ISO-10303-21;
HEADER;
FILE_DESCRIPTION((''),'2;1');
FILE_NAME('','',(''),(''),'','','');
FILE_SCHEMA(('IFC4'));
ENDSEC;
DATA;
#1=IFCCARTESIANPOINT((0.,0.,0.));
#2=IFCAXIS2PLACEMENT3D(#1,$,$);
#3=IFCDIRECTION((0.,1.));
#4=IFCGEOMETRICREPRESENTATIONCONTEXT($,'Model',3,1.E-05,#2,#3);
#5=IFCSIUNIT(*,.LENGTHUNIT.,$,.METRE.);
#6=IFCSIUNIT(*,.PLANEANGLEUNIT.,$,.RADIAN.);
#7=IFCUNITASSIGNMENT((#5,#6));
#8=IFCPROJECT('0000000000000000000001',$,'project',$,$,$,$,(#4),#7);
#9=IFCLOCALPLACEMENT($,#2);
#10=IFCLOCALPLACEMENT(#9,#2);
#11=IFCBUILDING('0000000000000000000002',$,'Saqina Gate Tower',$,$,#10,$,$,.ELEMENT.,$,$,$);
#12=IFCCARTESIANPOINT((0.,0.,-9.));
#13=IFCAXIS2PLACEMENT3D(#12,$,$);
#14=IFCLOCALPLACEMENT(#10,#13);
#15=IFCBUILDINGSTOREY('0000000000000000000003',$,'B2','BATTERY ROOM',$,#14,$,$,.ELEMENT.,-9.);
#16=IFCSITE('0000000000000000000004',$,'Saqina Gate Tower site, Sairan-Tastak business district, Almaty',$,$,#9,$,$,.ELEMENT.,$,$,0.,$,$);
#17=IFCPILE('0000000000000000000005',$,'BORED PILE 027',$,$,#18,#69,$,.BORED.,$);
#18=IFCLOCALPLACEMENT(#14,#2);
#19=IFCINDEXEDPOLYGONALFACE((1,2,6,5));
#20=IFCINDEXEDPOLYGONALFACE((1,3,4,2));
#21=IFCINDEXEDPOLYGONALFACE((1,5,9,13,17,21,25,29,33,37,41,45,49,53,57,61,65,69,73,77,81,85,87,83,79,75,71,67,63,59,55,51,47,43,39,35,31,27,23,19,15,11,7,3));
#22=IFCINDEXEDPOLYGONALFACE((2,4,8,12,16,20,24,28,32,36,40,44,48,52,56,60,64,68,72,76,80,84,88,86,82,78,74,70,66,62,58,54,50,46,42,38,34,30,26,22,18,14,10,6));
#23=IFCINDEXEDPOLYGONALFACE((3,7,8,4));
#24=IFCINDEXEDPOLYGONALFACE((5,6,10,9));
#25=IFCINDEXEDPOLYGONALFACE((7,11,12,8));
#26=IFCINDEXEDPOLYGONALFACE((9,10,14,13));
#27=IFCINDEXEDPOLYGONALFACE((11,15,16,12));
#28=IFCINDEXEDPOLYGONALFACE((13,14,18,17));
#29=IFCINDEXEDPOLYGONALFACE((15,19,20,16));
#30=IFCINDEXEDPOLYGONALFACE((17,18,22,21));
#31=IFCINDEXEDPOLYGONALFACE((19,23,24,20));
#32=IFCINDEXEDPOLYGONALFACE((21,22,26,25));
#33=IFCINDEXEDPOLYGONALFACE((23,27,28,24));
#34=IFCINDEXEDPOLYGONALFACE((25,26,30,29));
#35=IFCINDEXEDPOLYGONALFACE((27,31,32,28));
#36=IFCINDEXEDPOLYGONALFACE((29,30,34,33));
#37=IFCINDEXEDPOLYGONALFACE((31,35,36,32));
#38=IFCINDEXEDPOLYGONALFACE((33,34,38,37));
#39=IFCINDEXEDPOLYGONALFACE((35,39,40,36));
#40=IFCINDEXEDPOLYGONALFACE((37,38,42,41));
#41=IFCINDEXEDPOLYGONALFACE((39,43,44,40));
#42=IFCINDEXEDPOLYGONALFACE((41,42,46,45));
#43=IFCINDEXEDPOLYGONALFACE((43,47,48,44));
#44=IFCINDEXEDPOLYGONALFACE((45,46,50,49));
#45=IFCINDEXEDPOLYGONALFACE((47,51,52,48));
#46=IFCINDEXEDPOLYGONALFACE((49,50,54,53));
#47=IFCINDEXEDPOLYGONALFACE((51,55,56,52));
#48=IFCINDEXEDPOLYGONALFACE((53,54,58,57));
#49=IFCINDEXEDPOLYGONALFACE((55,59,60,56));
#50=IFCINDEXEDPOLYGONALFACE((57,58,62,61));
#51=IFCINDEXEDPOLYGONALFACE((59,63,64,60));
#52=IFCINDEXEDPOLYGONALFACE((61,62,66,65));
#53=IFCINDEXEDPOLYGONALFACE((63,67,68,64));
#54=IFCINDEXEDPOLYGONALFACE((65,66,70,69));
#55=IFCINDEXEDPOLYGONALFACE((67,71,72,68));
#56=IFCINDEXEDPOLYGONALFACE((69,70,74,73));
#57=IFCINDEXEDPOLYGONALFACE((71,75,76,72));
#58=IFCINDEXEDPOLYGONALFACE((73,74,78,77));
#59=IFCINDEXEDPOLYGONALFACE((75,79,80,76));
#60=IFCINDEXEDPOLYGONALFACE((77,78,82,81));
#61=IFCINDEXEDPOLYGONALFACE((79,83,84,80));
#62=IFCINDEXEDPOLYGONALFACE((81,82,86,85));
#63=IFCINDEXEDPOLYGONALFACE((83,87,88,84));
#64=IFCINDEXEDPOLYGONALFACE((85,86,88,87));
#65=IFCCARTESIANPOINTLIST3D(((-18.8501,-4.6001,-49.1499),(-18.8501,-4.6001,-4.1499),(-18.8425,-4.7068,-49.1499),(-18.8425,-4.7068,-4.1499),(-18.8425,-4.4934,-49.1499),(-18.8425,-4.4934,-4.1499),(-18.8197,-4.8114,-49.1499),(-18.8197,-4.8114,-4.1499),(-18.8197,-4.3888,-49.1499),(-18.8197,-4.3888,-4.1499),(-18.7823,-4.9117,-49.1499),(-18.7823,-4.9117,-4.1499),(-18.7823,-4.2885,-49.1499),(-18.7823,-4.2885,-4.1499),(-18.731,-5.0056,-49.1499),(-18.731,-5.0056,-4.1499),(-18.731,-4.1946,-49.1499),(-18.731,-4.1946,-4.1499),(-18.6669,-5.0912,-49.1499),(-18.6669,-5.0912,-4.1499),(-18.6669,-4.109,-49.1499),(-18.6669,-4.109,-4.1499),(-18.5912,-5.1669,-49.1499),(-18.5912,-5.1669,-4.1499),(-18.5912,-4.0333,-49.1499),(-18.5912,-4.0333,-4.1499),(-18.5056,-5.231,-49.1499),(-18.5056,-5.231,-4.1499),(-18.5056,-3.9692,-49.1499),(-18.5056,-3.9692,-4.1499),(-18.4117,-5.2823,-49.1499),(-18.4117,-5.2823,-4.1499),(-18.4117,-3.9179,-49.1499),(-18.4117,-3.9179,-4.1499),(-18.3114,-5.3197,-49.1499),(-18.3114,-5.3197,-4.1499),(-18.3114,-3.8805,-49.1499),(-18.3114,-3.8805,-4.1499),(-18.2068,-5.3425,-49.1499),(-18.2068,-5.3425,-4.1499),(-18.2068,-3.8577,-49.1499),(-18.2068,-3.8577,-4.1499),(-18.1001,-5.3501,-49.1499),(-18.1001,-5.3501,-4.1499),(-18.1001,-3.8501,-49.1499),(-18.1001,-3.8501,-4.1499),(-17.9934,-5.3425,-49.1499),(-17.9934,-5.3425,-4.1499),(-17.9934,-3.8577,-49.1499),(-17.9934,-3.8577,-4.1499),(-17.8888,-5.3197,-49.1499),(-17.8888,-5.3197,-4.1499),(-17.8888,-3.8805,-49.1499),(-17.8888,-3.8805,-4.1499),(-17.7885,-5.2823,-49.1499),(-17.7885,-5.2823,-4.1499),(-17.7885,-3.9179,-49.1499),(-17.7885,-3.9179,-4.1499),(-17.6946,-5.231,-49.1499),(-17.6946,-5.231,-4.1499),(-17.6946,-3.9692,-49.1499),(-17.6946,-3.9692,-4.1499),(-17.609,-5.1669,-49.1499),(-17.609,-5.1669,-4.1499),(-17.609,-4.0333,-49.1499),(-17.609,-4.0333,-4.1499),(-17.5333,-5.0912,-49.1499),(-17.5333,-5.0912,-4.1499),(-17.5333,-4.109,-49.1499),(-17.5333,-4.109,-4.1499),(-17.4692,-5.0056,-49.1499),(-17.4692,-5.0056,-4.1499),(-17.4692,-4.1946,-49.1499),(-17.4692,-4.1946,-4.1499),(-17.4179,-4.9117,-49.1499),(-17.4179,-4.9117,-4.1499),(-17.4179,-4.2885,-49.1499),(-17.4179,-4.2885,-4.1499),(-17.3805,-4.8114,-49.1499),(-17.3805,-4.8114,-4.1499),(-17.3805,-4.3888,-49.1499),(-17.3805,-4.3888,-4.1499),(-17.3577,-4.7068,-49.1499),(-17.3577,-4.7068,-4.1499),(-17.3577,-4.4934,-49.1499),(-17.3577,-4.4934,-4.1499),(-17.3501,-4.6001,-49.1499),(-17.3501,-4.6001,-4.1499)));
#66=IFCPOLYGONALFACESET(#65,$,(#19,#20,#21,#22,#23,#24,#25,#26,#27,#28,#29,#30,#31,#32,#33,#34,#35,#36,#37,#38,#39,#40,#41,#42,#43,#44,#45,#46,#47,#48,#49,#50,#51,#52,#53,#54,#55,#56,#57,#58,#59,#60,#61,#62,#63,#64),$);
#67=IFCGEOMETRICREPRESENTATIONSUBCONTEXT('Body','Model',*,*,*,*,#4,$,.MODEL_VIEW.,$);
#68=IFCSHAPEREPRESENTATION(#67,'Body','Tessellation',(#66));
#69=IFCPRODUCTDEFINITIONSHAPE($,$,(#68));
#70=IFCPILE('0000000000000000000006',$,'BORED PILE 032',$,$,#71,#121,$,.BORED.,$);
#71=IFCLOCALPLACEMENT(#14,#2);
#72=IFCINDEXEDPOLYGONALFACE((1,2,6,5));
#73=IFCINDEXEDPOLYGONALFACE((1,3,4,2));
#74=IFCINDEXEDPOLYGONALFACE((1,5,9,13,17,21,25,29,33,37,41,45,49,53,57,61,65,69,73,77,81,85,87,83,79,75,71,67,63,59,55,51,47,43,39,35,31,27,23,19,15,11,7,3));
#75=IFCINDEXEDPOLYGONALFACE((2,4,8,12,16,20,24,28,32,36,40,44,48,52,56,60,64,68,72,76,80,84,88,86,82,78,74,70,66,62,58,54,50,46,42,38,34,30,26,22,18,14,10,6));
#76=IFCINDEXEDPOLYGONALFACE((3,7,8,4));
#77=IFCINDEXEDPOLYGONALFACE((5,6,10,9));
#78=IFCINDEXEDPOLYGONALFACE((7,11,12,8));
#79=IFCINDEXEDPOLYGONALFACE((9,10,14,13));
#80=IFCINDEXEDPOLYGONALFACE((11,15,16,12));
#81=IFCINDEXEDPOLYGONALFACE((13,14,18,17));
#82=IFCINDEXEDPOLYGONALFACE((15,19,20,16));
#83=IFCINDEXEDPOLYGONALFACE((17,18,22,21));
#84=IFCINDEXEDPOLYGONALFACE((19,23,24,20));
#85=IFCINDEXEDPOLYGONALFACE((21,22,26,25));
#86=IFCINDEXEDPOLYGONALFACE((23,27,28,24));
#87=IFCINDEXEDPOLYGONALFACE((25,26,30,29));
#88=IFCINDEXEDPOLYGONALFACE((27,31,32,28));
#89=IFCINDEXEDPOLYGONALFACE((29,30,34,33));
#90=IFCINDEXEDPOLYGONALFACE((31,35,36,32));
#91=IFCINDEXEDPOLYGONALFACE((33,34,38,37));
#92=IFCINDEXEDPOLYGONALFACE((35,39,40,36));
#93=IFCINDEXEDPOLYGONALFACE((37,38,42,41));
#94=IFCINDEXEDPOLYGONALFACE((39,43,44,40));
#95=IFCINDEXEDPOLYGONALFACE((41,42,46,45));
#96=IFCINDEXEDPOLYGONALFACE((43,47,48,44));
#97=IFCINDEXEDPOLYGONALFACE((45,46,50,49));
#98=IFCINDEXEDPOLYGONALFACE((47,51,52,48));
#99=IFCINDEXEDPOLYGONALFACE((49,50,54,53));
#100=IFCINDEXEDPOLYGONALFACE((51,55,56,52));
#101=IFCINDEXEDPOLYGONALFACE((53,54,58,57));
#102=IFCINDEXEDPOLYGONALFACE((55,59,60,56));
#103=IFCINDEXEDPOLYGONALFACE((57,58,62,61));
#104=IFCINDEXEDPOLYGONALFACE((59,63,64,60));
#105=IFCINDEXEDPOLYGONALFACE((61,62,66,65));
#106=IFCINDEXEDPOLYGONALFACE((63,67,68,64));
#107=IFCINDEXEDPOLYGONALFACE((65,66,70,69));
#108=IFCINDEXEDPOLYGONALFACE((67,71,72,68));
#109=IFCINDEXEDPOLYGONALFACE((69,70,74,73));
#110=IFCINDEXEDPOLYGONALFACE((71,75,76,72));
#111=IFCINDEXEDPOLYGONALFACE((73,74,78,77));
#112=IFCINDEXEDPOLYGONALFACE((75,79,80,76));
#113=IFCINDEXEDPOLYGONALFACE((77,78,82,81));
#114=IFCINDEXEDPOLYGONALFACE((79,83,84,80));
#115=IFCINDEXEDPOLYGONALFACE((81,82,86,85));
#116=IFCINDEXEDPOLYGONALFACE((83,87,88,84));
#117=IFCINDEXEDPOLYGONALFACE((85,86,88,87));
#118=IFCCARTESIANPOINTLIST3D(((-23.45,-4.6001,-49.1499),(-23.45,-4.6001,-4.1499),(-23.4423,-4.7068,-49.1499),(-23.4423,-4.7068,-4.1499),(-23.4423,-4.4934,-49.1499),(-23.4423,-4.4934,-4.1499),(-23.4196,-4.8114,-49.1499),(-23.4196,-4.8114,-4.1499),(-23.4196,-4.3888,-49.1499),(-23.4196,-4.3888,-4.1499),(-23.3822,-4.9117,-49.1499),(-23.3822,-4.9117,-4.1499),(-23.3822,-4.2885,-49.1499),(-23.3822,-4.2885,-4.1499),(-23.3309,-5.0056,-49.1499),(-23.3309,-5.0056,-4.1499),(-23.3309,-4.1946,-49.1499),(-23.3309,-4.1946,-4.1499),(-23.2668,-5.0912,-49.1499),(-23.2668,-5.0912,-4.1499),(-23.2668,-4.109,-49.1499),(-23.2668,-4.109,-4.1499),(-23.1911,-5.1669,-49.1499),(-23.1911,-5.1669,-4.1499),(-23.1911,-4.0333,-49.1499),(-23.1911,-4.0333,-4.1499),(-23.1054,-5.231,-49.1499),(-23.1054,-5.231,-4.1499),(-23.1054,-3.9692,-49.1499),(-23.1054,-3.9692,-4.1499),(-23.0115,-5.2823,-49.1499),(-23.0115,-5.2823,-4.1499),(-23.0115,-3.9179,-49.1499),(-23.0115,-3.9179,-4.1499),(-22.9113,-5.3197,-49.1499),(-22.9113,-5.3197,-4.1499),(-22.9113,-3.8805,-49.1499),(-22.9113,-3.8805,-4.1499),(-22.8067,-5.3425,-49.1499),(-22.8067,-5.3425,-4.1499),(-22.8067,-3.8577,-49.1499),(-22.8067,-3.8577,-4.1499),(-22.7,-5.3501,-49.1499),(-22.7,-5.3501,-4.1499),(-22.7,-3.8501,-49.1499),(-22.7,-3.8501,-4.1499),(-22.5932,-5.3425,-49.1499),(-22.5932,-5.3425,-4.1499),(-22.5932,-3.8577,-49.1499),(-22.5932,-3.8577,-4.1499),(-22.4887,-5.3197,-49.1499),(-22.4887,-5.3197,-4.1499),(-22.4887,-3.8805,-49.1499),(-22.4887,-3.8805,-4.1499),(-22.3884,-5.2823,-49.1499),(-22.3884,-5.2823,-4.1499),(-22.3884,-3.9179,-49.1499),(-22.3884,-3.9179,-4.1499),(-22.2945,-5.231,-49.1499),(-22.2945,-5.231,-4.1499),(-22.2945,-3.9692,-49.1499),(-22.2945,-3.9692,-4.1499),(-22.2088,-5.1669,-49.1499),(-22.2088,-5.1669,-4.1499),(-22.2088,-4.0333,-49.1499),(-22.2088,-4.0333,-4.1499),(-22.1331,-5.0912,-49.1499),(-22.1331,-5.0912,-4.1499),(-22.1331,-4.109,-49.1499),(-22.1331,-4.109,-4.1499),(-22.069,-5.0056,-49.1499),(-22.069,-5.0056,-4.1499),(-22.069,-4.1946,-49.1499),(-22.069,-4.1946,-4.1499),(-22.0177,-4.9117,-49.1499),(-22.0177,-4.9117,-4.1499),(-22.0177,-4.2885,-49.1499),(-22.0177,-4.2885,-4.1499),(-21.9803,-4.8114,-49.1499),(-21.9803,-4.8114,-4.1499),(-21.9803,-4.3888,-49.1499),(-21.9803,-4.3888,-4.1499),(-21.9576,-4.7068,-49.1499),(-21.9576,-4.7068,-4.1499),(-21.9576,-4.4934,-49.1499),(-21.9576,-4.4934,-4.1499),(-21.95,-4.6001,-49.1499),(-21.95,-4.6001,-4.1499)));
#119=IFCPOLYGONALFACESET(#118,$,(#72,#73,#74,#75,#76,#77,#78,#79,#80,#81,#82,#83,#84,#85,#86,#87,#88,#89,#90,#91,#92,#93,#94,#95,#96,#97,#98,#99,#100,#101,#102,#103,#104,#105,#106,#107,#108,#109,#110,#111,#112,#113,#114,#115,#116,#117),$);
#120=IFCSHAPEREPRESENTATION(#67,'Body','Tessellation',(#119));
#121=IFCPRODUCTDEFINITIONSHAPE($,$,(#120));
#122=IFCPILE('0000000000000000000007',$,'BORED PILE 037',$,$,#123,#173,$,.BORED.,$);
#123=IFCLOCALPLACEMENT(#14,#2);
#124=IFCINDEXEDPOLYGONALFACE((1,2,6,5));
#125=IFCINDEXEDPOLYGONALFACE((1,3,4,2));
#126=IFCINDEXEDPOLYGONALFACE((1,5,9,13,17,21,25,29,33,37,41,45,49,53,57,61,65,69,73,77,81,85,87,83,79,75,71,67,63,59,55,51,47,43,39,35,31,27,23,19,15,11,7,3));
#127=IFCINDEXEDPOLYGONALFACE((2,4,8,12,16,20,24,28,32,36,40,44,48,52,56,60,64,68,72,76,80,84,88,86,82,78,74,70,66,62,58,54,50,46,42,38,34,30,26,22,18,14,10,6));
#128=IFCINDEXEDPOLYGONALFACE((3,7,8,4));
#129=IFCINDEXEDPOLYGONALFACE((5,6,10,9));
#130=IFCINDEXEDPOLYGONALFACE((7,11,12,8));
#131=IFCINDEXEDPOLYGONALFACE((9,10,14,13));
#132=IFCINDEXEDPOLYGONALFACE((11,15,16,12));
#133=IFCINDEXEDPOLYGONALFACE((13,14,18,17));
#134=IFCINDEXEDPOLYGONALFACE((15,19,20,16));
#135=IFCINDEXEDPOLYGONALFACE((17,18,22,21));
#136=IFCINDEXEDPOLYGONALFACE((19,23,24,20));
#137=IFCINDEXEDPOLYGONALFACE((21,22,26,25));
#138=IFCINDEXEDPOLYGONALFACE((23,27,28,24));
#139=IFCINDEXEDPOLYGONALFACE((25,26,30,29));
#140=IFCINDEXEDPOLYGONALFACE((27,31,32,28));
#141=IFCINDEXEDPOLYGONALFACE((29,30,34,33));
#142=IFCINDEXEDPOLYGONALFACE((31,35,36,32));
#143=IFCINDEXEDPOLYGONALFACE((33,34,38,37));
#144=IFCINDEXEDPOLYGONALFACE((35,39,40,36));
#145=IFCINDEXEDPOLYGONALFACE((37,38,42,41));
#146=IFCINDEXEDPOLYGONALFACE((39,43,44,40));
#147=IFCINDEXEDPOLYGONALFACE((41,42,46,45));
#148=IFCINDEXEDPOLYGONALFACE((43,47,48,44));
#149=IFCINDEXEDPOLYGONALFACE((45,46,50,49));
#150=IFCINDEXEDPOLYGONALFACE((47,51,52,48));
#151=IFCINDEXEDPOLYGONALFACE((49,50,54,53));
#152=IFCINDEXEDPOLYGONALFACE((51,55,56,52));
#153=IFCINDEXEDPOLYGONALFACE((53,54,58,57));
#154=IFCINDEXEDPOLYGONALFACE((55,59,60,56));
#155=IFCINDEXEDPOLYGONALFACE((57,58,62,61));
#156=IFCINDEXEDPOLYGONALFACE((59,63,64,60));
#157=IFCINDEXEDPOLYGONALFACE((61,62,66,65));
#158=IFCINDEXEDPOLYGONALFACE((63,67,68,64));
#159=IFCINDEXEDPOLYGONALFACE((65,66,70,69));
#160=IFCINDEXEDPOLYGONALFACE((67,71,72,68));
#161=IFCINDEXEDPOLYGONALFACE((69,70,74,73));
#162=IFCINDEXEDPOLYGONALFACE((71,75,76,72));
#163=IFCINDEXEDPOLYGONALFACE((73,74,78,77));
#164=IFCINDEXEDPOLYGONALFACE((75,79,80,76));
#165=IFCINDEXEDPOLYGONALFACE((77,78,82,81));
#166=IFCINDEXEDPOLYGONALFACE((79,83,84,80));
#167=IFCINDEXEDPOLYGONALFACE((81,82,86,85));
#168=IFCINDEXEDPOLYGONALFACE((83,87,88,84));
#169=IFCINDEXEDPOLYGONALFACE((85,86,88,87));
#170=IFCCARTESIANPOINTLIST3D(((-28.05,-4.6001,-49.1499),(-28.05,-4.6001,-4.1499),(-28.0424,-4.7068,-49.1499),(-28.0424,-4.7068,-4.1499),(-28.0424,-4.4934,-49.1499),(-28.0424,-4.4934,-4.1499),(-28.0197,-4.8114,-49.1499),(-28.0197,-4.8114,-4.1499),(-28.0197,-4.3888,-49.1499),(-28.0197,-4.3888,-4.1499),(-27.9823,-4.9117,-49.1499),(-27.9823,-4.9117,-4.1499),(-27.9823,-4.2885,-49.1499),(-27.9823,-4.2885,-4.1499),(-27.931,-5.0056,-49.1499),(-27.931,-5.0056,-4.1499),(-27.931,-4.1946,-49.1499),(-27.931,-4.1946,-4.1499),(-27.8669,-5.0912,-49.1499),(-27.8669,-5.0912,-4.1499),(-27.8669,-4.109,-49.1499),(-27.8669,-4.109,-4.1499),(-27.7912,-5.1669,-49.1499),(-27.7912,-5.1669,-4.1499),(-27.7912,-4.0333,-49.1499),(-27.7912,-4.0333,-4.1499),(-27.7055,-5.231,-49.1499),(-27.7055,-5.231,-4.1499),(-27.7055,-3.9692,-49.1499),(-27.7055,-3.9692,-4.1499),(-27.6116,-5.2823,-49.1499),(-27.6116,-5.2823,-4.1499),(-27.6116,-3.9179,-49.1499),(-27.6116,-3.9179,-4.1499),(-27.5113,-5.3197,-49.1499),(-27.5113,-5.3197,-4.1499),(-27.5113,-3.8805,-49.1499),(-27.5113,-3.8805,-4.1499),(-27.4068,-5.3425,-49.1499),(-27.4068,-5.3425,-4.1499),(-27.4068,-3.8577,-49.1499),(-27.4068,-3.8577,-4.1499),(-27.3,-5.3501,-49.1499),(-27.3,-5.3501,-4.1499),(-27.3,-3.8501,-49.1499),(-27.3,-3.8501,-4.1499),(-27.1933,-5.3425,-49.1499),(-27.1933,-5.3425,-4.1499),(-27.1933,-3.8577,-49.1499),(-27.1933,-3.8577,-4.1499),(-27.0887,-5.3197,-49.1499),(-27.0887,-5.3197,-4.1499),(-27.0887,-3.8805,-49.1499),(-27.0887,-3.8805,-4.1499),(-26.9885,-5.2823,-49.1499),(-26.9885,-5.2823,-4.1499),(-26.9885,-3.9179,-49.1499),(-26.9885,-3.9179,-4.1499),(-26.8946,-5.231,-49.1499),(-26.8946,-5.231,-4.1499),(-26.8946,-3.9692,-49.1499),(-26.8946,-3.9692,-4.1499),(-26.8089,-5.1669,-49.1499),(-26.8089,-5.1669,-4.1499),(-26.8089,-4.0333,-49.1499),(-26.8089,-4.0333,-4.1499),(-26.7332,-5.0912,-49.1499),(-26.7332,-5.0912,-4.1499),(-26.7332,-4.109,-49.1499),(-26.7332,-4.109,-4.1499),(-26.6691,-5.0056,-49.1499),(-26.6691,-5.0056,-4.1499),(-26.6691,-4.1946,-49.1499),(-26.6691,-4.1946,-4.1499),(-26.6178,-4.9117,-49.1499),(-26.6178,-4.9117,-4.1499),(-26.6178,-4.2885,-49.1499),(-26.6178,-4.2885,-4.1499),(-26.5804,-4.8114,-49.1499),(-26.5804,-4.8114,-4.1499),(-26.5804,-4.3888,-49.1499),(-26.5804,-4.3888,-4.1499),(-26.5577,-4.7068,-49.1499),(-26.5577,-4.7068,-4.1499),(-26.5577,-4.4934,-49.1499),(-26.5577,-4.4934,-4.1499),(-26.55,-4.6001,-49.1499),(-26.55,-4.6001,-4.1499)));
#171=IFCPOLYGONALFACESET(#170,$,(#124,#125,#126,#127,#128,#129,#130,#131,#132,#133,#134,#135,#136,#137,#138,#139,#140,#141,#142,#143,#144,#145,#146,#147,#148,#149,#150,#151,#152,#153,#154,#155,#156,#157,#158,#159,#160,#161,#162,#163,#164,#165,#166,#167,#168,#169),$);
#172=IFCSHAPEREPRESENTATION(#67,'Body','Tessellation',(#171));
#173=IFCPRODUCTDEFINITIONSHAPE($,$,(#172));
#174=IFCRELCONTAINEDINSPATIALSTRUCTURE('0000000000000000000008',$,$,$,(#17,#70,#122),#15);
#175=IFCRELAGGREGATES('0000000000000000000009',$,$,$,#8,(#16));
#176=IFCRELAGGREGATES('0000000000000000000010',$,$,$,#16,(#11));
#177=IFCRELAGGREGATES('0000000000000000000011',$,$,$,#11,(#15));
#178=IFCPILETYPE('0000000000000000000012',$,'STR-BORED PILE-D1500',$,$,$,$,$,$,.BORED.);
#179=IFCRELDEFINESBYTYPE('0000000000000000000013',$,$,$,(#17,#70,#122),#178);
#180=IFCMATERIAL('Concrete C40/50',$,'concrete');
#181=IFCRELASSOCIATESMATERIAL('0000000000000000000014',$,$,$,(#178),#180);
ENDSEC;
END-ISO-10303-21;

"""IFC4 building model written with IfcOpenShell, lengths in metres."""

from ifc_helpers import new_model, si_unit, direction, frame, origin, origin_2d, place, context, subcontext, project, spatial, circle, extrude, material, material_profile, profile_set, type_object, element, save


model = new_model("IFC4")

# Units and contexts
model_context = context("Model", 3, precision=1e-05, world=origin(), true_north=direction((0.0, 1.0)))
body_context = subcontext(model_context, "Body", "Model", "MODEL_VIEW")
ifc_project = project(units=[si_unit("LENGTHUNIT", "METRE"), si_unit("PLANEANGLEUNIT", "RADIAN")], contexts=[model_context])

# Site, building, storey
site_placement = place(None, origin())
site = spatial("IfcSite", under=ifc_project, at=site_placement, Name="Saqina Gate Tower site, Sairan-Tastak business district, Almaty", CompositionType="ELEMENT", RefElevation=0.0)
building_placement = place(site_placement, origin())
building = spatial("IfcBuilding", under=site, at=building_placement, Name="Saqina Gate Tower", CompositionType="ELEMENT")
storey_placement = place(building_placement, frame((0.0, 0.0, -9.0)))
storey = spatial("IfcBuildingStorey", under=building, at=storey_placement, Name="B2", Description="BATTERY ROOM", CompositionType="ELEMENT", Elevation=-9.0)

# Piles
ifc_material_1 = material(Name="Concrete C40/50", Category="concrete")
ifc_material_profile_1 = material_profile(ifc_material_1, circle(Radius=0.75, at=origin_2d()), Name="RC D1500")
ifc_profile_set_1 = profile_set([ifc_material_profile_1], Name="Concrete C40/50")
pile_type = type_object("IfcPileType", Name="STR-BORED PILE-D1500", PredefinedType="BORED", material=ifc_profile_set_1)
for number, where, z_axis, x_axis, name in (
    (1, (-18.1001, -4.6001, -4.1499), (0.0, 0.0, -1.0), (1.0, 0.0, 0.0), "BORED PILE 027"),
    (2, (-22.7, -4.6001, -4.1499), (0.0, 0.0, -1.0), (1.0, 0.0, 0.0), "BORED PILE 032"),
    (3, (-27.3, -4.6001, -4.1499), (0.0, 0.0, -1.0), (1.0, 0.0, 0.0), "BORED PILE 037"),
):
    element("IfcPile", number, at=place(storey_placement, frame(where, z_axis=z_axis, x_axis=x_axis)), inside=storey, type_object=pile_type, Name=name, PredefinedType="BORED", context=body_context, shape_type="SweptSolid", body=[
        extrude(circle(Radius=0.75, at=origin_2d()), origin(), (0.0, 0.0, 1.0), 45.0),
    ])

save(model, "model.ifc")
